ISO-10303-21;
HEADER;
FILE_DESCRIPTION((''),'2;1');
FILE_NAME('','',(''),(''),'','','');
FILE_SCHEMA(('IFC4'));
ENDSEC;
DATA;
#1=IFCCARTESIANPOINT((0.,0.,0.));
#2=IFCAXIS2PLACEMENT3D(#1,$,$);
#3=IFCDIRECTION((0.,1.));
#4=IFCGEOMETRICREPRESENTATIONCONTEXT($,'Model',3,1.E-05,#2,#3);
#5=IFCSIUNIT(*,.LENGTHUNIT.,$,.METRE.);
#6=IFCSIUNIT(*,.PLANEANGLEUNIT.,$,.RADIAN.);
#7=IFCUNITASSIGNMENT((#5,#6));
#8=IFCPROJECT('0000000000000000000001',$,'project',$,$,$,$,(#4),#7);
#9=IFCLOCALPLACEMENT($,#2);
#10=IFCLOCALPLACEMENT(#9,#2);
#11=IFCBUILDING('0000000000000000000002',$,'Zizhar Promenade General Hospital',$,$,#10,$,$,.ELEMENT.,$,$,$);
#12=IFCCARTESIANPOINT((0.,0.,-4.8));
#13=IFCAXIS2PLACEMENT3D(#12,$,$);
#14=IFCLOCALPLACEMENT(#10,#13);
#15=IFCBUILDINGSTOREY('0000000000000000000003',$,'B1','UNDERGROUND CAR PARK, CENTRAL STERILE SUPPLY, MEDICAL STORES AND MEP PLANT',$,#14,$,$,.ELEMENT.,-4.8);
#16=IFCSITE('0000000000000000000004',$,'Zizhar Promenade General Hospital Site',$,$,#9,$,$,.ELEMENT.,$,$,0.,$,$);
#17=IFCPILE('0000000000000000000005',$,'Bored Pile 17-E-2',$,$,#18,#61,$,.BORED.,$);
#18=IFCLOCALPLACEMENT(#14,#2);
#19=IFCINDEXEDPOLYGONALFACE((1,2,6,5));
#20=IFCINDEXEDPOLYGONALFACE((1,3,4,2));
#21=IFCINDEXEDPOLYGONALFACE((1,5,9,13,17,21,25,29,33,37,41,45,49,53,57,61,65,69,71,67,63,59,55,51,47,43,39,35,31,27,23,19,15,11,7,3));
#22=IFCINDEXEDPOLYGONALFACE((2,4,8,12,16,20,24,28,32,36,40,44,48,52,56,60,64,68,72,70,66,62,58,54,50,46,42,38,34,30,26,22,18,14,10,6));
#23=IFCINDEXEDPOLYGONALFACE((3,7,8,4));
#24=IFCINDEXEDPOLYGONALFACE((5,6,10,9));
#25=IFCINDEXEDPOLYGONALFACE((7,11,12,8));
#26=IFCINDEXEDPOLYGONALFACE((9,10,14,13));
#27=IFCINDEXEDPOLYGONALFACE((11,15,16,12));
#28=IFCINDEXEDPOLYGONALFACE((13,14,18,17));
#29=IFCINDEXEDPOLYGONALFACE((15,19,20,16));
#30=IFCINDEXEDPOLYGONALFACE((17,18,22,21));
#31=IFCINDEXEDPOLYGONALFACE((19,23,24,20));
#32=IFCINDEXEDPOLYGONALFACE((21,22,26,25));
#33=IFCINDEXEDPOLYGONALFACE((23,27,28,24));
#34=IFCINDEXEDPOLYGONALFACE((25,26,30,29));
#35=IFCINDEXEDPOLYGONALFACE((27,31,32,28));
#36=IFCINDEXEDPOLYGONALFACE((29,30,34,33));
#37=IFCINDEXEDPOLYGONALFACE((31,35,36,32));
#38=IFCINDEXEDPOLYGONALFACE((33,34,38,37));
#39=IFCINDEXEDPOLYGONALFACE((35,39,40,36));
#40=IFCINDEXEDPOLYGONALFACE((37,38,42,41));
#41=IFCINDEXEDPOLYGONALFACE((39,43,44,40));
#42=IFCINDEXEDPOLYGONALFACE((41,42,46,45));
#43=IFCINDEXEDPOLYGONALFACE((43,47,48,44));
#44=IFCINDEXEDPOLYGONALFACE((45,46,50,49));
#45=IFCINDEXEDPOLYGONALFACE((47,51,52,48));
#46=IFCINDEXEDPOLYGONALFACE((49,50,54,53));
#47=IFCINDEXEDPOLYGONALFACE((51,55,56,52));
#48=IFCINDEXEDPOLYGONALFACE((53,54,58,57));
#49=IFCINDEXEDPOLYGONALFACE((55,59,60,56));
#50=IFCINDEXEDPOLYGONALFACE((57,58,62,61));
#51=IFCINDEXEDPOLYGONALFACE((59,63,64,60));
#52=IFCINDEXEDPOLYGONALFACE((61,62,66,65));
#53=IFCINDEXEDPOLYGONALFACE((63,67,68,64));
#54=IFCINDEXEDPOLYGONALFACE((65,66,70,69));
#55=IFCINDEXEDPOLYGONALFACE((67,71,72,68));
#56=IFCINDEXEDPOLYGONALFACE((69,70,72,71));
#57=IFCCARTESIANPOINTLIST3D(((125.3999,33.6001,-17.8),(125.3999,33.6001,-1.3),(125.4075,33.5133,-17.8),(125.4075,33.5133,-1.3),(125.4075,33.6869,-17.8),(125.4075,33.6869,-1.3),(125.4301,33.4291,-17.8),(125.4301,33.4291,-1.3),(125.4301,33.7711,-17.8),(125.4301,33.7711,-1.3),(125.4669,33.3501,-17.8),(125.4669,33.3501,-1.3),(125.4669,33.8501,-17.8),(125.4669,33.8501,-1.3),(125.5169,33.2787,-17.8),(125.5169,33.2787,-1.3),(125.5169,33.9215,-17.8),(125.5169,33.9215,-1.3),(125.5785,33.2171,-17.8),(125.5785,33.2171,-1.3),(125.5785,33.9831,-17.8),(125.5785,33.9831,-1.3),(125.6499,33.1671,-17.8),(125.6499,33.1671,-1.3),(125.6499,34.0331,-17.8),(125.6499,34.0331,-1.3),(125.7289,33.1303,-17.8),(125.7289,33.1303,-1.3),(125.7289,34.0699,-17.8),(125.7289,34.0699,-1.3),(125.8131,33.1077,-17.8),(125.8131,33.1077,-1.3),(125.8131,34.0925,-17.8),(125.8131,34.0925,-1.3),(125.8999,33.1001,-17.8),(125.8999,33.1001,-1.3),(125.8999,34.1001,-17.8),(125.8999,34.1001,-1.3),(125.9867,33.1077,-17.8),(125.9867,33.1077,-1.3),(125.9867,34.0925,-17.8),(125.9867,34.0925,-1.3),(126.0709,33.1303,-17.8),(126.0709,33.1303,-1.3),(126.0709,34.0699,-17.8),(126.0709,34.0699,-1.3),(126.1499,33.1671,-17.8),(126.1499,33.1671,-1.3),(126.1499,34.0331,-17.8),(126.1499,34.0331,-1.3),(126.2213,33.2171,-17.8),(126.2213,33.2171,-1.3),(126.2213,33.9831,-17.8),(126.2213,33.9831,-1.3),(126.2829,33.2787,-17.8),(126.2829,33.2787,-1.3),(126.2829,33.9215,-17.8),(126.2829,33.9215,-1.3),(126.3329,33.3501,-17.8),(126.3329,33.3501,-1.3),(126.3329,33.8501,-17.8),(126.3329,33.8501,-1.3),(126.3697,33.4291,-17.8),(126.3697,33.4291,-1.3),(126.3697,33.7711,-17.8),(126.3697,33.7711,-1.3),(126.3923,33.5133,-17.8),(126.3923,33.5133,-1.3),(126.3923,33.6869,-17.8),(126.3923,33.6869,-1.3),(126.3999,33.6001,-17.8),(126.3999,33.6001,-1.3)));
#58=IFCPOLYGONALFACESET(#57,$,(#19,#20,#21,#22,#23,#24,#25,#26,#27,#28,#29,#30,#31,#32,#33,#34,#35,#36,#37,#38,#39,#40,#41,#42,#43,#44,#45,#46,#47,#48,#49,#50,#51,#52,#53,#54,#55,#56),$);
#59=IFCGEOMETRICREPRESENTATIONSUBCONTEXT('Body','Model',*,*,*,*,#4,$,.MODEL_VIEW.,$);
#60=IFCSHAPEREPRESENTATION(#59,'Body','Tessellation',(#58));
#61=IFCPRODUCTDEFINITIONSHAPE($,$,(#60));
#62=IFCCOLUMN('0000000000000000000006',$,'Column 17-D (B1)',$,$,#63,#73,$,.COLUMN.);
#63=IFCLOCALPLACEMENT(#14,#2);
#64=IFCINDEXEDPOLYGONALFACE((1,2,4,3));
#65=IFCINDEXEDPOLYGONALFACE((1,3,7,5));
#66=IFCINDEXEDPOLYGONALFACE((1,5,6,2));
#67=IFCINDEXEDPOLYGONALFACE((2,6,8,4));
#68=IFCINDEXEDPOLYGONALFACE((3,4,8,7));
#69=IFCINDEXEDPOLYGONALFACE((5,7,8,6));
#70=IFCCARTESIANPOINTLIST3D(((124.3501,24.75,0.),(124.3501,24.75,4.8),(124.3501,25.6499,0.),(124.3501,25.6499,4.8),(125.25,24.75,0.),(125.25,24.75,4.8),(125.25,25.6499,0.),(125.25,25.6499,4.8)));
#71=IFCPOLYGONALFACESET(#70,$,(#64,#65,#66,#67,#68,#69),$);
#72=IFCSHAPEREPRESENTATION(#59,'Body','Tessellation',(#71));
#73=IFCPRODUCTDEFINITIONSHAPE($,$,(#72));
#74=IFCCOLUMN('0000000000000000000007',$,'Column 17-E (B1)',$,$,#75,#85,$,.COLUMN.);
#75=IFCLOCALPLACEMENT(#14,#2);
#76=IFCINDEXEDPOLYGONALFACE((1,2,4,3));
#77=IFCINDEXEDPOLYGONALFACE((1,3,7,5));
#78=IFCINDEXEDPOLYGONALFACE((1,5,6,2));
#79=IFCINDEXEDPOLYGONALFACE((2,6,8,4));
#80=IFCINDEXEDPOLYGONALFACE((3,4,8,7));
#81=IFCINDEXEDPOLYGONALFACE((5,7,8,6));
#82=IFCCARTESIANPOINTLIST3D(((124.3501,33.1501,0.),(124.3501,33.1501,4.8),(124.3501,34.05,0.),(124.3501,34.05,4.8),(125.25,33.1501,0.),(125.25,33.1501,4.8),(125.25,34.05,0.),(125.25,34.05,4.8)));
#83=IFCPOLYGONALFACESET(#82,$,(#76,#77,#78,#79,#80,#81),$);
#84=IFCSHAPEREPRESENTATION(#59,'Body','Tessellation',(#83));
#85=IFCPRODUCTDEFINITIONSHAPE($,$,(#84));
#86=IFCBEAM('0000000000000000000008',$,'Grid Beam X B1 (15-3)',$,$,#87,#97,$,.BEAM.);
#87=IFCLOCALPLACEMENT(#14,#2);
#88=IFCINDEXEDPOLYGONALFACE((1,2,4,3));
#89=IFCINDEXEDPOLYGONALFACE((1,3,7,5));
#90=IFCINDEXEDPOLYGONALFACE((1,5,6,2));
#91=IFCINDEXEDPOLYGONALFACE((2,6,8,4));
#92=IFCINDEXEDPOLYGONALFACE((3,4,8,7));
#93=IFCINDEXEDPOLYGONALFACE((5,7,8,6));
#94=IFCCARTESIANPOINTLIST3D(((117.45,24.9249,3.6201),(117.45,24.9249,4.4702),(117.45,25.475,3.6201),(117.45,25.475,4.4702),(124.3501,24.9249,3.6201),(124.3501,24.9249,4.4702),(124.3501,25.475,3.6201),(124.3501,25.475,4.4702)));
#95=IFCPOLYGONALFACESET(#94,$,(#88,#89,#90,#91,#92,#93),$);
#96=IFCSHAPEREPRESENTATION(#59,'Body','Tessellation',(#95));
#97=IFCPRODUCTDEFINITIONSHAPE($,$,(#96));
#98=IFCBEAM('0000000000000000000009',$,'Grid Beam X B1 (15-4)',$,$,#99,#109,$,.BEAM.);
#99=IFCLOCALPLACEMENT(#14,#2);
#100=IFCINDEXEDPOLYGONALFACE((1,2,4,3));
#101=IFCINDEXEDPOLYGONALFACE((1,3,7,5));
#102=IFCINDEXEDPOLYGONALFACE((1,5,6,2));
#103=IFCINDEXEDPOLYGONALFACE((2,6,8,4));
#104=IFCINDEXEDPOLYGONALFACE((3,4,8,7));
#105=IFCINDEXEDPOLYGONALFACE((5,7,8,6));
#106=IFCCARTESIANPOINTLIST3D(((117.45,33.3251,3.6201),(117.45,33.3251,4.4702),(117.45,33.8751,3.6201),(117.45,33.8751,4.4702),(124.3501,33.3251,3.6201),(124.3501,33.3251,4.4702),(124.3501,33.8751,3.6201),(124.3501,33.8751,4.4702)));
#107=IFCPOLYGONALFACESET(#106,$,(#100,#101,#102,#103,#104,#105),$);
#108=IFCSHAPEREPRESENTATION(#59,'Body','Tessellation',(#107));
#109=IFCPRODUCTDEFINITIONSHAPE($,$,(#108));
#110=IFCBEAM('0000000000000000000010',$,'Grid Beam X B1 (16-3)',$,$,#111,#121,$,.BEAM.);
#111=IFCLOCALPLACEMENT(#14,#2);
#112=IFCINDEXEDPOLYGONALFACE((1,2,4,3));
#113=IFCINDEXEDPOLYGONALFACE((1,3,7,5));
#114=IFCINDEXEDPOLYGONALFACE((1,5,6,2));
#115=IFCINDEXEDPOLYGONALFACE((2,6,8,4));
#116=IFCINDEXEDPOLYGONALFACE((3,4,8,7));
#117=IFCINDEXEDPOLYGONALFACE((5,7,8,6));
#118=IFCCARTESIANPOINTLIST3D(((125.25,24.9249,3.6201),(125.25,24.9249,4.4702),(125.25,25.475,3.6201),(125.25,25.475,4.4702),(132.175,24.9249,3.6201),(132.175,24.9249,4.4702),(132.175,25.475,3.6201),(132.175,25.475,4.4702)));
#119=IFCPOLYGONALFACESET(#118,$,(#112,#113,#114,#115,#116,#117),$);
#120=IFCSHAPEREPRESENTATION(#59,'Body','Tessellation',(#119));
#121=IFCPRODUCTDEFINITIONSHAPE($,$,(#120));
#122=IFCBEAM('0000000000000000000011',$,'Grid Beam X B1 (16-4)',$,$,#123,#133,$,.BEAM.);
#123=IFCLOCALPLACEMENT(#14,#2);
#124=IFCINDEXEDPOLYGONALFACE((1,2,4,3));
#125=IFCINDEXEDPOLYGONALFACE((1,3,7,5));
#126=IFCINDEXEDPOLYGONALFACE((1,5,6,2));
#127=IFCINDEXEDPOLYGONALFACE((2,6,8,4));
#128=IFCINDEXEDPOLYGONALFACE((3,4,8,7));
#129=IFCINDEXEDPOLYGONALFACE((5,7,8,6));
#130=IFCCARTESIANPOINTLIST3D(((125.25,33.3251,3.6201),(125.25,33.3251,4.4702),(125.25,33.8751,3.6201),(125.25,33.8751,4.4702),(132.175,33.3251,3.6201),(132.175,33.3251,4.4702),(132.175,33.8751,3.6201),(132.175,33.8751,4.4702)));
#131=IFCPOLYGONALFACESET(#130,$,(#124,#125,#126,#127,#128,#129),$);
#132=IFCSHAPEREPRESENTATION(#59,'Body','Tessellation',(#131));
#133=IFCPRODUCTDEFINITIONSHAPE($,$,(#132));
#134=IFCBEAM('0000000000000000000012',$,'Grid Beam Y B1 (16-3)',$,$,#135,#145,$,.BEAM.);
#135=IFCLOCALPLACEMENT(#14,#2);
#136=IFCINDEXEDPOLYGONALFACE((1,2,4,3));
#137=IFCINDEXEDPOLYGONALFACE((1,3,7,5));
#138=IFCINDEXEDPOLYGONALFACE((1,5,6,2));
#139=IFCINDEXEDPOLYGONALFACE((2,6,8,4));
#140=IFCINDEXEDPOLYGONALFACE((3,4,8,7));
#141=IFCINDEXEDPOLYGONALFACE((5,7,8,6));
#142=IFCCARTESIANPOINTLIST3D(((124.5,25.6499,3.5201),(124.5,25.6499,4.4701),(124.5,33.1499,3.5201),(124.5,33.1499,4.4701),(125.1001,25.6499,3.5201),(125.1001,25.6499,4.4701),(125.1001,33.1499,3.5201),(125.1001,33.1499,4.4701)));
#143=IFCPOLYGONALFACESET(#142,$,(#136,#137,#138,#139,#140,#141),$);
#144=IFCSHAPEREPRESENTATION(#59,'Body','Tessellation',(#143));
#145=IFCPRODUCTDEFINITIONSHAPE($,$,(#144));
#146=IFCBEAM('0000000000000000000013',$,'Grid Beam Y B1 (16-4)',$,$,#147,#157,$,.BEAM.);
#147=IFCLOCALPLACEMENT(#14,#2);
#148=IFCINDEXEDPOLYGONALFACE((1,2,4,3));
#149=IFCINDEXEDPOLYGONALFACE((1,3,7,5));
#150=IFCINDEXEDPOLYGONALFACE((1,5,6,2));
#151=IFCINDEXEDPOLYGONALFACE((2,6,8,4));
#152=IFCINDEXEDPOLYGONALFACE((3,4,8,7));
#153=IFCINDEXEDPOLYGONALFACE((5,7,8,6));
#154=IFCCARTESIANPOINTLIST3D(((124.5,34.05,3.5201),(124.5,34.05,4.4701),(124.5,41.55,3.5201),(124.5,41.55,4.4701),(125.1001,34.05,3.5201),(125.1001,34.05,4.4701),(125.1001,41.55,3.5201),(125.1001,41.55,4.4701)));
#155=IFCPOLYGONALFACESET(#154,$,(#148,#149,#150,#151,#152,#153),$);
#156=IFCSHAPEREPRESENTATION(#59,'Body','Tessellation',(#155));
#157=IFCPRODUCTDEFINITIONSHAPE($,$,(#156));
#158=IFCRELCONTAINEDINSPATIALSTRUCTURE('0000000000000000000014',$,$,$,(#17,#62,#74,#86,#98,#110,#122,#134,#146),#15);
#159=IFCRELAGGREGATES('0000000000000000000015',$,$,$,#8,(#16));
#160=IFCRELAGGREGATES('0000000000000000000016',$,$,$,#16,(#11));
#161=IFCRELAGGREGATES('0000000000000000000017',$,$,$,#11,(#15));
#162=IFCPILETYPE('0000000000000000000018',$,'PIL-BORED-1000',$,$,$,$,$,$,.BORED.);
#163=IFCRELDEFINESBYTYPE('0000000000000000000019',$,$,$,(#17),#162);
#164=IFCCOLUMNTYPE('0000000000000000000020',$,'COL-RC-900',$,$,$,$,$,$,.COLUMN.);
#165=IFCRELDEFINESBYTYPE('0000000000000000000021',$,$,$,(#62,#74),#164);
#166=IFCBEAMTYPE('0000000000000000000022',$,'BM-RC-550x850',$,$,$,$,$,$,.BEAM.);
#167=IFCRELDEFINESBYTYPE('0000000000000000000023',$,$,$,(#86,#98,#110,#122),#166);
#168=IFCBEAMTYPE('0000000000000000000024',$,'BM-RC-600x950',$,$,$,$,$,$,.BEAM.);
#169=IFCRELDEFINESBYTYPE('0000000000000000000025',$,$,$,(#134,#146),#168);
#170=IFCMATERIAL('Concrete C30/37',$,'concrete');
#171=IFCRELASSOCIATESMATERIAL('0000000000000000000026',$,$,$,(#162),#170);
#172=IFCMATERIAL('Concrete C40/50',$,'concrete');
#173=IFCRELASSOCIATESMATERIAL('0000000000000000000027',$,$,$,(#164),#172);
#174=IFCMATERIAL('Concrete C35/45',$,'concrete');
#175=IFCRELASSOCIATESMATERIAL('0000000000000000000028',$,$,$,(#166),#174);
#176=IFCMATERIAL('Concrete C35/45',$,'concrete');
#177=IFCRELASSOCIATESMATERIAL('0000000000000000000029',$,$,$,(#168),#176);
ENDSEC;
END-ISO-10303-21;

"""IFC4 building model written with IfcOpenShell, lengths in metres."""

from ifc_helpers import new_model, si_unit, direction, frame, origin, origin_2d, place, context, subcontext, project, spatial, rectangle, circle, extrude, material, material_profile, profile_set, type_object, element, save


model = new_model("IFC4")

# Units and contexts
model_context = context("Model", 3, precision=1e-05, world=origin(), true_north=direction((0.0, 1.0)))
body_context = subcontext(model_context, "Body", "Model", "MODEL_VIEW")
ifc_project = project(units=[si_unit("LENGTHUNIT", "METRE"), si_unit("PLANEANGLEUNIT", "RADIAN")], contexts=[model_context])

# Site, building, storey
site_placement = place(None, origin())
site = spatial("IfcSite", under=ifc_project, at=site_placement, Name="Zizhar Promenade General Hospital Site", CompositionType="ELEMENT", RefElevation=0.0)
building_placement = place(site_placement, origin())
building = spatial("IfcBuilding", under=site, at=building_placement, Name="Zizhar Promenade General Hospital", CompositionType="ELEMENT")
storey_placement = place(building_placement, frame((0.0, 0.0, -4.8)))
storey = spatial("IfcBuildingStorey", under=building, at=storey_placement, Name="B1", Description="UNDERGROUND CAR PARK, CENTRAL STERILE SUPPLY, MEDICAL STORES AND MEP PLANT", CompositionType="ELEMENT", Elevation=-4.8)

# Pile
ifc_material_1 = material(Name="Concrete C30/37", Category="concrete")
ifc_material_profile_1 = material_profile(ifc_material_1, circle(Radius=0.5, at=origin_2d()))
ifc_profile_set_1 = profile_set([ifc_material_profile_1], Name="Concrete C30/37")
pile_type = type_object("IfcPileType", Name="PIL-BORED-1000", PredefinedType="BORED", material=ifc_profile_set_1)
for number, where, z_axis, x_axis, name in (
    (1, (125.8999, 33.6001, -1.3), (0.0, 0.0, -1.0), (1.0, 0.0, 0.0), "Bored Pile 17-E-2"),
):
    element("IfcPile", number, at=place(storey_placement, frame(where, z_axis=z_axis, x_axis=x_axis)), inside=storey, type_object=pile_type, Name=name, PredefinedType="BORED", context=body_context, shape_type="SweptSolid", body=[
        extrude(circle(Radius=0.5, at=origin_2d()), origin(), (0.0, 0.0, 1.0), 16.5),
    ])

# Columns
ifc_material_2 = material(Name="Concrete C40/50", Category="concrete")
ifc_material_profile_2 = material_profile(ifc_material_2, rectangle(XDim=0.8999, YDim=0.8999, at=origin_2d()))
ifc_profile_set_2 = profile_set([ifc_material_profile_2], Name="Concrete C40/50")
column_type = type_object("IfcColumnType", Name="COL-RC-900", PredefinedType="COLUMN", material=ifc_profile_set_2)
for number, where, z_axis, x_axis, name in (
    (2, (124.8, 25.2, 0.0), (0.0, 0.0, 1.0), (1.0, 0.0, 0.0), "Column 17-D (B1)"),
    (3, (124.8, 33.6001, 0.0), (0.0, 0.0, 1.0), (1.0, 0.0, 0.0), "Column 17-E (B1)"),
):
    element("IfcColumn", number, at=place(storey_placement, frame(where, z_axis=z_axis, x_axis=x_axis)), inside=storey, type_object=column_type, Name=name, PredefinedType="COLUMN", context=body_context, shape_type="SweptSolid", body=[
        extrude(rectangle(XDim=0.8999, YDim=0.8999, at=origin_2d()), origin(), (0.0, 0.0, 1.0), 4.8),
    ])

# Beams
ifc_material_3 = material(Name="Concrete C35/45", Category="concrete")
ifc_material_profile_3 = material_profile(ifc_material_3, rectangle(XDim=0.55, YDim=0.8501, at=origin_2d()))
ifc_profile_set_3 = profile_set([ifc_material_profile_3], Name="Concrete C35/45")
beam_type_1 = type_object("IfcBeamType", Name="BM-RC-550x850", PredefinedType="BEAM", material=ifc_profile_set_3)
for number, where, z_axis, x_axis, name in (
    (4, (117.45, 25.2, 4.0452), (1.0, 0.0, 0.0), (0.0, 1.0, 0.0), "Grid Beam X B1 (15-3)"),
    (5, (117.45, 33.6001, 4.0452), (1.0, 0.0, 0.0), (0.0, 1.0, 0.0), "Grid Beam X B1 (15-4)"),
):
    element("IfcBeam", number, at=place(storey_placement, frame(where, z_axis=z_axis, x_axis=x_axis)), inside=storey, type_object=beam_type_1, Name=name, PredefinedType="BEAM", context=body_context, shape_type="SweptSolid", body=[
        extrude(rectangle(XDim=0.55, YDim=0.8501, at=origin_2d()), origin(), (0.0, 0.0, 1.0), 6.9001),
    ])
for number, where, z_axis, x_axis, name in (
    (6, (125.25, 25.2, 4.0452), (1.0, 0.0, 0.0), (0.0, 1.0, 0.0), "Grid Beam X B1 (16-3)"),
    (7, (125.25, 33.6001, 4.0452), (1.0, 0.0, 0.0), (0.0, 1.0, 0.0), "Grid Beam X B1 (16-4)"),
):
    element("IfcBeam", number, at=place(storey_placement, frame(where, z_axis=z_axis, x_axis=x_axis)), inside=storey, type_object=beam_type_1, Name=name, PredefinedType="BEAM", context=body_context, shape_type="SweptSolid", body=[
        extrude(rectangle(XDim=0.55, YDim=0.8501, at=origin_2d()), origin(), (0.0, 0.0, 1.0), 6.925),
    ])
ifc_material_4 = material(Name="Concrete C35/45", Category="concrete")
ifc_material_profile_4 = material_profile(ifc_material_4, rectangle(XDim=0.6001, YDim=0.95, at=origin_2d()))
ifc_profile_set_4 = profile_set([ifc_material_profile_4], Name="Concrete C35/45")
beam_type_2 = type_object("IfcBeamType", Name="BM-RC-600x950", PredefinedType="BEAM", material=ifc_profile_set_4)
for number, where, z_axis, x_axis, name in (
    (8, (124.8, 25.6499, 3.9951), (0.0, 1.0, 0.0), (-1.0, 0.0, 0.0), "Grid Beam Y B1 (16-3)"),
    (9, (124.8, 34.05, 3.9951), (0.0, 1.0, 0.0), (-1.0, 0.0, 0.0), "Grid Beam Y B1 (16-4)"),
):
    element("IfcBeam", number, at=place(storey_placement, frame(where, z_axis=z_axis, x_axis=x_axis)), inside=storey, type_object=beam_type_2, Name=name, PredefinedType="BEAM", context=body_context, shape_type="SweptSolid", body=[
        extrude(rectangle(XDim=0.6001, YDim=0.95, at=origin_2d()), origin(), (0.0, 0.0, 1.0), 7.5),
    ])

save(model, "model.ifc")
